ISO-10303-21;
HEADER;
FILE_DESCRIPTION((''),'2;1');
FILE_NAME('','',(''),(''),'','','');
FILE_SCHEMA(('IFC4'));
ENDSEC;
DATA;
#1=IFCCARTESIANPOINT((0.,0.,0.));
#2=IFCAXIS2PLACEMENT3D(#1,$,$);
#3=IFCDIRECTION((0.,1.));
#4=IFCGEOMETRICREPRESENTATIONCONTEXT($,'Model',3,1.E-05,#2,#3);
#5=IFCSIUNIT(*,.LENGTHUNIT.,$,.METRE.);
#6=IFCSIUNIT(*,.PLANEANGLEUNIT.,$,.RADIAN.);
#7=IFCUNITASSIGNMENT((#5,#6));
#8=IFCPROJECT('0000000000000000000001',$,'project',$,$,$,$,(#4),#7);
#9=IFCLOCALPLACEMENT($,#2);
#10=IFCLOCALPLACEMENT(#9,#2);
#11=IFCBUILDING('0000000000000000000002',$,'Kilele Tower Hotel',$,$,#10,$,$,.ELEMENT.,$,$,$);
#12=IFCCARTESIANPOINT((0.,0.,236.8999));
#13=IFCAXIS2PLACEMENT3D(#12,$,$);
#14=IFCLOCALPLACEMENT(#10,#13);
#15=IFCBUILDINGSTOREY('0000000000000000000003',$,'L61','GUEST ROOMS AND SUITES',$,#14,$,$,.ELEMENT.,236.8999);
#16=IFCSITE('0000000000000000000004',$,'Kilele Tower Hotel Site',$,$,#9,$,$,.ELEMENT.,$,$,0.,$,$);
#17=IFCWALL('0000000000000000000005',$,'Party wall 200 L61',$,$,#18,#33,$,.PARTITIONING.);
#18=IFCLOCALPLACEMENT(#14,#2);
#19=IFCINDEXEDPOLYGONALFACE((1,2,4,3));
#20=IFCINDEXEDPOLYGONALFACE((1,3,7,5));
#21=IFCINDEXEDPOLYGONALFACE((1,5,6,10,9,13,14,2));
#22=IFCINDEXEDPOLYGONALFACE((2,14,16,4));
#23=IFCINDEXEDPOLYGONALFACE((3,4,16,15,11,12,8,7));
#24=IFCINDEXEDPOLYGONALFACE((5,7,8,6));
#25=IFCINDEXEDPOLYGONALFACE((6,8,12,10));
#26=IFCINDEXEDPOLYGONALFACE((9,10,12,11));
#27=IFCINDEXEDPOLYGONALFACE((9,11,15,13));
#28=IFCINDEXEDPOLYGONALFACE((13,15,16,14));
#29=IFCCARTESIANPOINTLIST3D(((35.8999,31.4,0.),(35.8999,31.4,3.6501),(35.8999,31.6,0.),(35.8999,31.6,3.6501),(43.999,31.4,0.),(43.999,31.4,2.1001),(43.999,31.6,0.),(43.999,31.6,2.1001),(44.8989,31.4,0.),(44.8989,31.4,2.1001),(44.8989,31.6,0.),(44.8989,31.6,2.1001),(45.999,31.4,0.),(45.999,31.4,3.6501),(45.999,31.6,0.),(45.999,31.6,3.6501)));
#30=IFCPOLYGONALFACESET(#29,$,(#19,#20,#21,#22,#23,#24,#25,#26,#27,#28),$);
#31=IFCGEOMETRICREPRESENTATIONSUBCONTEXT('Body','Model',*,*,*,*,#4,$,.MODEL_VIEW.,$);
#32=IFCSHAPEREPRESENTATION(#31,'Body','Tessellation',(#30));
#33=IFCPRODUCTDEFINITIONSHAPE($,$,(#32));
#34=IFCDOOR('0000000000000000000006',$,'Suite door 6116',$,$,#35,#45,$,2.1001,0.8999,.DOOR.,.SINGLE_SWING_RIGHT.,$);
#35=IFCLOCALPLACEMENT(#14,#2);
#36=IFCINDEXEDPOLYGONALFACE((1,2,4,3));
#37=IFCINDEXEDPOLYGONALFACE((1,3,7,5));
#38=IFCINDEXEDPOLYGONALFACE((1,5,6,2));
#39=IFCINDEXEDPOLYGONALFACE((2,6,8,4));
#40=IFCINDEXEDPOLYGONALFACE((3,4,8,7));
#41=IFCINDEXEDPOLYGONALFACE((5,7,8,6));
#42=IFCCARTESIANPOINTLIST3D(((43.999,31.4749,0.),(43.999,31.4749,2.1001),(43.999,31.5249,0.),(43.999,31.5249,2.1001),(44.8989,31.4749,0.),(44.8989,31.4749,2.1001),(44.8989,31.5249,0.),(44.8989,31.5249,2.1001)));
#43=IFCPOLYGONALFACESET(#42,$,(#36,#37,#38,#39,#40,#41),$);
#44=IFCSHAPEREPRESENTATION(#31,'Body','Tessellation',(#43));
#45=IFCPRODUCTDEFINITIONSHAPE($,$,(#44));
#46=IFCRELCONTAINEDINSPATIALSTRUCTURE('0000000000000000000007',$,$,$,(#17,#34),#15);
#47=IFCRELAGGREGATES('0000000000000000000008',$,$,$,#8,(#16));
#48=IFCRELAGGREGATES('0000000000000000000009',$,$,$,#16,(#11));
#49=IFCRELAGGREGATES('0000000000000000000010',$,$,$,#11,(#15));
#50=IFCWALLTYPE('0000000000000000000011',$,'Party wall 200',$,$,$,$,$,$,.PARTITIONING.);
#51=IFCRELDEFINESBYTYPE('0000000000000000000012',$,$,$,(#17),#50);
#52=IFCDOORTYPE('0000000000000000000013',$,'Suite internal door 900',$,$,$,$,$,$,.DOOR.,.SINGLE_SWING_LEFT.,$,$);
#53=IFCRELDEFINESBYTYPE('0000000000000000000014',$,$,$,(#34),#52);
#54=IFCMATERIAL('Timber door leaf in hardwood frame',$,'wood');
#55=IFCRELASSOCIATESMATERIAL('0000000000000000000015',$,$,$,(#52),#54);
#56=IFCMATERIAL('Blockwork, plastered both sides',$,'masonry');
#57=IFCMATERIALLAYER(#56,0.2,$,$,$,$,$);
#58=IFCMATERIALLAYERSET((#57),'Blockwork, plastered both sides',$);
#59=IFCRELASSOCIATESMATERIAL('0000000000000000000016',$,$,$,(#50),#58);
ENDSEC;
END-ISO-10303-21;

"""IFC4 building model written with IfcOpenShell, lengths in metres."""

from ifc_helpers import new_model, si_unit, direction, frame, frame_2d, origin, place, context, subcontext, project, spatial, rectangle, extrude, material, layer, layer_set, type_object, element, fill, save


model = new_model("IFC4")

# Units and contexts
model_context = context("Model", 3, precision=1e-05, world=origin(), true_north=direction((0.0, 1.0)))
body_context = subcontext(model_context, "Body", "Model", "MODEL_VIEW")
ifc_project = project(units=[si_unit("LENGTHUNIT", "METRE"), si_unit("PLANEANGLEUNIT", "RADIAN")], contexts=[model_context])

# Site, building, storey
site_placement = place(None, origin())
site = spatial("IfcSite", under=ifc_project, at=site_placement, Name="Kilele Tower Hotel Site", CompositionType="ELEMENT", RefElevation=0.0)
building_placement = place(site_placement, origin())
building = spatial("IfcBuilding", under=site, at=building_placement, Name="Kilele Tower Hotel", CompositionType="ELEMENT")
storey_placement = place(building_placement, frame((0.0, 0.0, 236.8999)))
storey = spatial("IfcBuildingStorey", under=building, at=storey_placement, Name="L61", Description="GUEST ROOMS AND SUITES", CompositionType="ELEMENT", Elevation=236.8999)

# Wall, opening, door
ifc_material_1 = material(Name="Timber door leaf in hardwood frame", Category="wood")
door_type_1 = type_object("IfcDoorType", Name="Suite internal door 900", OperationType="SINGLE_SWING_LEFT", PredefinedType="DOOR", material=ifc_material_1)
ifc_material_2 = material(Name="Blockwork, plastered both sides", Category="masonry")
ifc_layer_1 = layer(ifc_material_2, 0.2)
ifc_layer_set_1 = layer_set([ifc_layer_1], Name="Blockwork, plastered both sides")
wall_type_1 = type_object("IfcWallType", Name="Party wall 200", PredefinedType="PARTITIONING", material=ifc_layer_set_1)
wall_1_placement = place(storey_placement, frame((35.8999, 31.5, 0.0), z_axis=(0.0, 0.0, 1.0), x_axis=(1.0, 0.0, 0.0)))
wall_1 = element("IfcWall", 1, at=wall_1_placement, inside=storey, type_object=wall_type_1, Name="Party wall 200 L61", PredefinedType="PARTITIONING", context=body_context, shape_type="SweptSolid", body=[
    extrude(rectangle(XDim=10.0991, YDim=0.2, at=frame_2d((5.0496, 0.0))), origin(), (0.0, 0.0, 1.0), 3.6501),
])
opening_1_placement = place(wall_1_placement, frame((8.0991, 0.0, 0.0)))
opening_1 = element("IfcOpeningElement", 2, at=opening_1_placement, cuts=wall_1, PredefinedType="OPENING", context=body_context, shape_type="SweptSolid", body=[
    extrude(rectangle(XDim=0.8999, YDim=2.1001, at=frame_2d((0.45, 1.05))), frame((0.0, 0.1099, 0.0), z_axis=(0.0, -1.0, 0.0), x_axis=(1.0, 0.0, 0.0)), (0.0, 0.0, 1.0), 0.22),
])
door_1_placement = place(opening_1_placement, origin())
door_1 = element("IfcDoor", 3, at=door_1_placement, inside=storey, type_object=door_type_1, Name="Suite door 6116", OperationType="SINGLE_SWING_RIGHT", OverallHeight=2.1001, OverallWidth=0.8999, PredefinedType="DOOR", context=body_context, shape_type="SweptSolid", body=[
    extrude(rectangle(XDim=0.8999, YDim=2.1001, at=frame_2d((0.45, 1.05))), frame((0.0, 0.0249, 0.0), z_axis=(0.0, -1.0, 0.0), x_axis=(1.0, 0.0, 0.0)), (0.0, 0.0, 1.0), 0.05),
])
fill(opening_1, door_1)

save(model, "model.ifc")
